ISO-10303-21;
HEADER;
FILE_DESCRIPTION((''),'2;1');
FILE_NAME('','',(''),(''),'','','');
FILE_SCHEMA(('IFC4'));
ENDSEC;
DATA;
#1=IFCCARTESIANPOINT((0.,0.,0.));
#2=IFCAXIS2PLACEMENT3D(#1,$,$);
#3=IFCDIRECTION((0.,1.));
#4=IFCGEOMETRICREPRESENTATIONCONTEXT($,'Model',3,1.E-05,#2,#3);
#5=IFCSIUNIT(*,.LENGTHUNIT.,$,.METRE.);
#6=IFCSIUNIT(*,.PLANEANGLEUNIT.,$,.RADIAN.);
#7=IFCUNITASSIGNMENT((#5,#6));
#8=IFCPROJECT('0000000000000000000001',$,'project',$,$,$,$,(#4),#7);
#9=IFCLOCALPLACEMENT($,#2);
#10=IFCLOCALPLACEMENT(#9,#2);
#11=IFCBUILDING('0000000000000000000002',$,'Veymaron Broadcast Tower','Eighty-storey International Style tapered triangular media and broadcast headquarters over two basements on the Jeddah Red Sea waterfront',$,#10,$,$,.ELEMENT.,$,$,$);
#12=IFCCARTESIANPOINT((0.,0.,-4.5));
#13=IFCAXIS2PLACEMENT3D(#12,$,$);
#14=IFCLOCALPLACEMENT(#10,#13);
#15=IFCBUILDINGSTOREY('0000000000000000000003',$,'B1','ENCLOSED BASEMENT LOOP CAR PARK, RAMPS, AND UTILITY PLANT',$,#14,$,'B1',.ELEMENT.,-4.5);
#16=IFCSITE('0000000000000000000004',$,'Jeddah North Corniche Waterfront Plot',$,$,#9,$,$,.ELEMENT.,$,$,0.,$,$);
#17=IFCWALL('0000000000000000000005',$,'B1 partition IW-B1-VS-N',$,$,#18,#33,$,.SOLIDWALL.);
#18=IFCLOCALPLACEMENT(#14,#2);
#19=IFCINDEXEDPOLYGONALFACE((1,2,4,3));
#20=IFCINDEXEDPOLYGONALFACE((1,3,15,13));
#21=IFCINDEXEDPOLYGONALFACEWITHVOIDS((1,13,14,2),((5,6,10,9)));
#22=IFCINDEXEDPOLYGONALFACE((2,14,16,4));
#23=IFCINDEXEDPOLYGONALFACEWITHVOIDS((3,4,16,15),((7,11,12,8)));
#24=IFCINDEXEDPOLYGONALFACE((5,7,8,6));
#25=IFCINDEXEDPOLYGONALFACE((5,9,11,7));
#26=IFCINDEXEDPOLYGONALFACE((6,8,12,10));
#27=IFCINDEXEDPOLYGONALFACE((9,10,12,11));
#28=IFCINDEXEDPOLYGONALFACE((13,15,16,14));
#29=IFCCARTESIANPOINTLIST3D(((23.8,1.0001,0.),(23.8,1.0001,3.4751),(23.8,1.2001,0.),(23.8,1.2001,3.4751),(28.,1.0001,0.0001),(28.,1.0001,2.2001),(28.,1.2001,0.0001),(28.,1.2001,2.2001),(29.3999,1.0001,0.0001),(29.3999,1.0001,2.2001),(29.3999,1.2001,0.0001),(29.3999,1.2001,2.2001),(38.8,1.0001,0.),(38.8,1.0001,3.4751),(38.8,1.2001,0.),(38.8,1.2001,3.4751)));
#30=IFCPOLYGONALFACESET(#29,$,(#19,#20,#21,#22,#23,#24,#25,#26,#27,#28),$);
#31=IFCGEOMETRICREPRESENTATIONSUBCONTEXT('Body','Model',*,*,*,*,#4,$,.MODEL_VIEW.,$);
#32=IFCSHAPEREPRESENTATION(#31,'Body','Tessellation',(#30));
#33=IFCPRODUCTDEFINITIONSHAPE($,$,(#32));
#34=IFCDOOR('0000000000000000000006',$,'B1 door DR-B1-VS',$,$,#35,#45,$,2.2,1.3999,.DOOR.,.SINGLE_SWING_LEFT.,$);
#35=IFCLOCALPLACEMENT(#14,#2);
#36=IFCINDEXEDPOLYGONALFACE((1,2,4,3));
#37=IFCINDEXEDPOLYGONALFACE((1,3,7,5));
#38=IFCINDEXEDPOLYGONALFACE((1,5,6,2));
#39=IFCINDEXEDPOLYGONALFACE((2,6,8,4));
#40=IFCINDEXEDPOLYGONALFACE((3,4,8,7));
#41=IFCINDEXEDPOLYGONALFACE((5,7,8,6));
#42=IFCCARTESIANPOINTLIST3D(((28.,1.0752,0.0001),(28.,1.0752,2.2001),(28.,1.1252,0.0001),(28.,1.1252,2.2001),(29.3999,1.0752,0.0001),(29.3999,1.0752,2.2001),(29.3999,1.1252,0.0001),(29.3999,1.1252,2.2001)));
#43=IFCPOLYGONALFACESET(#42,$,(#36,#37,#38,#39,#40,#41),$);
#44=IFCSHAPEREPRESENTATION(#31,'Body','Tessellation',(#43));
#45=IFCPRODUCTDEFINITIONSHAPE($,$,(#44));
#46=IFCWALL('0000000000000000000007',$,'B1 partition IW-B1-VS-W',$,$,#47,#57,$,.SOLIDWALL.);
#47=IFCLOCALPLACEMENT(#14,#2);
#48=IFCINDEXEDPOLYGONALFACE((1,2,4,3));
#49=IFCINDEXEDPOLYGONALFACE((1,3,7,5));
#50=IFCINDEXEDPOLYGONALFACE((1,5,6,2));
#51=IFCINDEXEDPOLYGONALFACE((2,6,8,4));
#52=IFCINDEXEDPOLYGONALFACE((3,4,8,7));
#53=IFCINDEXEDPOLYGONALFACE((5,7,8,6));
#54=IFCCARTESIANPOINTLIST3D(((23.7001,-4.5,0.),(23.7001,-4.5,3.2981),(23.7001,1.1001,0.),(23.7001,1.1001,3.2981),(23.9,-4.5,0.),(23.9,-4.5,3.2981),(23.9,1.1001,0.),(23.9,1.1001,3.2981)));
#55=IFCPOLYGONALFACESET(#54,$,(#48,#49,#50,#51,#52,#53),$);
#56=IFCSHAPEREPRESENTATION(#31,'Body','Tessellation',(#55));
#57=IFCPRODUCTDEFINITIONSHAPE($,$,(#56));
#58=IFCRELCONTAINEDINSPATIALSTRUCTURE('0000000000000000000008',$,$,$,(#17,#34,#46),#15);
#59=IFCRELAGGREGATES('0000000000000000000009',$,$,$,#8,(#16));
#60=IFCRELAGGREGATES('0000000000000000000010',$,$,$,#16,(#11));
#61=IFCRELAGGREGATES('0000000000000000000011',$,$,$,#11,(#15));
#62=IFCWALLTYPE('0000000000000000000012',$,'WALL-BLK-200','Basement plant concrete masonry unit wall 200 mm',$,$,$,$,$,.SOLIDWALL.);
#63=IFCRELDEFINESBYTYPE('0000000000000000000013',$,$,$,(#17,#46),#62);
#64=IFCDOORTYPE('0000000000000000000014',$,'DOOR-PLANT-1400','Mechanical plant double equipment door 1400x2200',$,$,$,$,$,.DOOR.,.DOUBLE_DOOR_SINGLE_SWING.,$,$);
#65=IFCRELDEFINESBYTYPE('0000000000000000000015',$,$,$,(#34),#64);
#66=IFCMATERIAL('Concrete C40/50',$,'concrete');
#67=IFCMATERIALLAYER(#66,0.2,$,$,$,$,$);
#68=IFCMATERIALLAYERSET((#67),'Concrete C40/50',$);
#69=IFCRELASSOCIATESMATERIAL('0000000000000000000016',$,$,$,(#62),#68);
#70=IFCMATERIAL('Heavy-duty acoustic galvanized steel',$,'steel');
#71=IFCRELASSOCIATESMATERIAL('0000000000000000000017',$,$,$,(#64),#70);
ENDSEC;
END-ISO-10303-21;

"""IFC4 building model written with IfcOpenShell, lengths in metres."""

from ifc_helpers import new_model, si_unit, direction, frame, frame_2d, origin, place, context, subcontext, project, spatial, rectangle, extrude, material, layer, layer_set, type_object, element, fill, save


model = new_model("IFC4")

# Units and contexts
model_context = context("Model", 3, precision=1e-05, world=origin(), true_north=direction((0.0, 1.0)))
body_context = subcontext(model_context, "Body", "Model", "MODEL_VIEW")
ifc_project = project(units=[si_unit("LENGTHUNIT", "METRE"), si_unit("PLANEANGLEUNIT", "RADIAN")], contexts=[model_context])

# Site, building, storey
site_placement = place(None, origin())
site = spatial("IfcSite", under=ifc_project, at=site_placement, Name="Jeddah North Corniche Waterfront Plot", CompositionType="ELEMENT", RefElevation=0.0)
building_placement = place(site_placement, origin())
building = spatial("IfcBuilding", under=site, at=building_placement, Name="Veymaron Broadcast Tower", Description="Eighty-storey International Style tapered triangular media and broadcast headquarters over two basements on the Jeddah Red Sea waterfront", CompositionType="ELEMENT")
storey_placement = place(building_placement, frame((0.0, 0.0, -4.5)))
storey = spatial("IfcBuildingStorey", under=building, at=storey_placement, Name="B1", Description="ENCLOSED BASEMENT LOOP CAR PARK, RAMPS, AND UTILITY PLANT", LongName="B1", CompositionType="ELEMENT", Elevation=-4.5)

# Wall, opening, door
ifc_material_1 = material(Name="Concrete C40/50", Category="concrete")
ifc_layer = layer(ifc_material_1, 0.2)
ifc_layer_set = layer_set([ifc_layer], Name="Concrete C40/50")
wall_type = type_object("IfcWallType", Name="WALL-BLK-200", Description="Basement plant concrete masonry unit wall 200 mm", PredefinedType="SOLIDWALL", material=ifc_layer_set)
wall_1_placement = place(storey_placement, frame((23.8, 1.1001, 0.0), z_axis=(0.0, 0.0, 1.0), x_axis=(1.0, 0.0, 0.0)))
wall_1 = element("IfcWall", 1, at=wall_1_placement, inside=storey, type_object=wall_type, Name="B1 partition IW-B1-VS-N", PredefinedType="SOLIDWALL", context=body_context, shape_type="SweptSolid", body=[
    extrude(rectangle(XDim=15.0, YDim=0.2, at=frame_2d((7.5, 0.0))), origin(), (0.0, 0.0, 1.0), 3.4751),
])
opening_placement = place(wall_1_placement, frame((4.2, 0.0, 0.0)))
opening = element("IfcOpeningElement", 2, at=opening_placement, cuts=wall_1, PredefinedType="OPENING", context=body_context, shape_type="SweptSolid", body=[
    extrude(rectangle(XDim=1.3999, YDim=2.2, at=frame_2d((0.7, 1.1001))), frame((0.0, 0.1099, 0.0), z_axis=(0.0, -1.0, 0.0), x_axis=(1.0, 0.0, 0.0)), (0.0, 0.0, 1.0), 0.22),
])
ifc_material_2 = material(Name="Heavy-duty acoustic galvanized steel", Category="steel")
door_type = type_object("IfcDoorType", Name="DOOR-PLANT-1400", Description="Mechanical plant double equipment door 1400x2200", OperationType="DOUBLE_DOOR_SINGLE_SWING", PredefinedType="DOOR", material=ifc_material_2)
door_placement = place(opening_placement, frame((1.3999, 0.0, 0.0), z_axis=(0.0, 0.0, 1.0), x_axis=(-1.0, 0.0, 0.0)))
door = element("IfcDoor", 3, at=door_placement, inside=storey, type_object=door_type, Name="B1 door DR-B1-VS", OperationType="SINGLE_SWING_LEFT", OverallHeight=2.2, OverallWidth=1.3999, PredefinedType="DOOR", context=body_context, shape_type="SweptSolid", body=[
    extrude(rectangle(XDim=1.3999, YDim=2.2, at=frame_2d((0.7, 1.1001))), frame((0.0, 0.0249, 0.0), z_axis=(0.0, -1.0, 0.0), x_axis=(1.0, 0.0, 0.0)), (0.0, 0.0, 1.0), 0.05),
])
fill(opening, door)

# Wall
wall_2_placement = place(storey_placement, frame((23.8, -4.5, 0.0), z_axis=(0.0, 0.0, 1.0), x_axis=(0.0, 1.0, 0.0)))
element("IfcWall", 4, at=wall_2_placement, inside=storey, type_object=wall_type, Name="B1 partition IW-B1-VS-W", PredefinedType="SOLIDWALL", context=body_context, shape_type="SweptSolid", body=[
    extrude(rectangle(XDim=5.6001, YDim=0.2, at=frame_2d((2.8, 0.0))), origin(), (0.0, 0.0, 1.0), 3.2981),
])

save(model, "model.ifc")
